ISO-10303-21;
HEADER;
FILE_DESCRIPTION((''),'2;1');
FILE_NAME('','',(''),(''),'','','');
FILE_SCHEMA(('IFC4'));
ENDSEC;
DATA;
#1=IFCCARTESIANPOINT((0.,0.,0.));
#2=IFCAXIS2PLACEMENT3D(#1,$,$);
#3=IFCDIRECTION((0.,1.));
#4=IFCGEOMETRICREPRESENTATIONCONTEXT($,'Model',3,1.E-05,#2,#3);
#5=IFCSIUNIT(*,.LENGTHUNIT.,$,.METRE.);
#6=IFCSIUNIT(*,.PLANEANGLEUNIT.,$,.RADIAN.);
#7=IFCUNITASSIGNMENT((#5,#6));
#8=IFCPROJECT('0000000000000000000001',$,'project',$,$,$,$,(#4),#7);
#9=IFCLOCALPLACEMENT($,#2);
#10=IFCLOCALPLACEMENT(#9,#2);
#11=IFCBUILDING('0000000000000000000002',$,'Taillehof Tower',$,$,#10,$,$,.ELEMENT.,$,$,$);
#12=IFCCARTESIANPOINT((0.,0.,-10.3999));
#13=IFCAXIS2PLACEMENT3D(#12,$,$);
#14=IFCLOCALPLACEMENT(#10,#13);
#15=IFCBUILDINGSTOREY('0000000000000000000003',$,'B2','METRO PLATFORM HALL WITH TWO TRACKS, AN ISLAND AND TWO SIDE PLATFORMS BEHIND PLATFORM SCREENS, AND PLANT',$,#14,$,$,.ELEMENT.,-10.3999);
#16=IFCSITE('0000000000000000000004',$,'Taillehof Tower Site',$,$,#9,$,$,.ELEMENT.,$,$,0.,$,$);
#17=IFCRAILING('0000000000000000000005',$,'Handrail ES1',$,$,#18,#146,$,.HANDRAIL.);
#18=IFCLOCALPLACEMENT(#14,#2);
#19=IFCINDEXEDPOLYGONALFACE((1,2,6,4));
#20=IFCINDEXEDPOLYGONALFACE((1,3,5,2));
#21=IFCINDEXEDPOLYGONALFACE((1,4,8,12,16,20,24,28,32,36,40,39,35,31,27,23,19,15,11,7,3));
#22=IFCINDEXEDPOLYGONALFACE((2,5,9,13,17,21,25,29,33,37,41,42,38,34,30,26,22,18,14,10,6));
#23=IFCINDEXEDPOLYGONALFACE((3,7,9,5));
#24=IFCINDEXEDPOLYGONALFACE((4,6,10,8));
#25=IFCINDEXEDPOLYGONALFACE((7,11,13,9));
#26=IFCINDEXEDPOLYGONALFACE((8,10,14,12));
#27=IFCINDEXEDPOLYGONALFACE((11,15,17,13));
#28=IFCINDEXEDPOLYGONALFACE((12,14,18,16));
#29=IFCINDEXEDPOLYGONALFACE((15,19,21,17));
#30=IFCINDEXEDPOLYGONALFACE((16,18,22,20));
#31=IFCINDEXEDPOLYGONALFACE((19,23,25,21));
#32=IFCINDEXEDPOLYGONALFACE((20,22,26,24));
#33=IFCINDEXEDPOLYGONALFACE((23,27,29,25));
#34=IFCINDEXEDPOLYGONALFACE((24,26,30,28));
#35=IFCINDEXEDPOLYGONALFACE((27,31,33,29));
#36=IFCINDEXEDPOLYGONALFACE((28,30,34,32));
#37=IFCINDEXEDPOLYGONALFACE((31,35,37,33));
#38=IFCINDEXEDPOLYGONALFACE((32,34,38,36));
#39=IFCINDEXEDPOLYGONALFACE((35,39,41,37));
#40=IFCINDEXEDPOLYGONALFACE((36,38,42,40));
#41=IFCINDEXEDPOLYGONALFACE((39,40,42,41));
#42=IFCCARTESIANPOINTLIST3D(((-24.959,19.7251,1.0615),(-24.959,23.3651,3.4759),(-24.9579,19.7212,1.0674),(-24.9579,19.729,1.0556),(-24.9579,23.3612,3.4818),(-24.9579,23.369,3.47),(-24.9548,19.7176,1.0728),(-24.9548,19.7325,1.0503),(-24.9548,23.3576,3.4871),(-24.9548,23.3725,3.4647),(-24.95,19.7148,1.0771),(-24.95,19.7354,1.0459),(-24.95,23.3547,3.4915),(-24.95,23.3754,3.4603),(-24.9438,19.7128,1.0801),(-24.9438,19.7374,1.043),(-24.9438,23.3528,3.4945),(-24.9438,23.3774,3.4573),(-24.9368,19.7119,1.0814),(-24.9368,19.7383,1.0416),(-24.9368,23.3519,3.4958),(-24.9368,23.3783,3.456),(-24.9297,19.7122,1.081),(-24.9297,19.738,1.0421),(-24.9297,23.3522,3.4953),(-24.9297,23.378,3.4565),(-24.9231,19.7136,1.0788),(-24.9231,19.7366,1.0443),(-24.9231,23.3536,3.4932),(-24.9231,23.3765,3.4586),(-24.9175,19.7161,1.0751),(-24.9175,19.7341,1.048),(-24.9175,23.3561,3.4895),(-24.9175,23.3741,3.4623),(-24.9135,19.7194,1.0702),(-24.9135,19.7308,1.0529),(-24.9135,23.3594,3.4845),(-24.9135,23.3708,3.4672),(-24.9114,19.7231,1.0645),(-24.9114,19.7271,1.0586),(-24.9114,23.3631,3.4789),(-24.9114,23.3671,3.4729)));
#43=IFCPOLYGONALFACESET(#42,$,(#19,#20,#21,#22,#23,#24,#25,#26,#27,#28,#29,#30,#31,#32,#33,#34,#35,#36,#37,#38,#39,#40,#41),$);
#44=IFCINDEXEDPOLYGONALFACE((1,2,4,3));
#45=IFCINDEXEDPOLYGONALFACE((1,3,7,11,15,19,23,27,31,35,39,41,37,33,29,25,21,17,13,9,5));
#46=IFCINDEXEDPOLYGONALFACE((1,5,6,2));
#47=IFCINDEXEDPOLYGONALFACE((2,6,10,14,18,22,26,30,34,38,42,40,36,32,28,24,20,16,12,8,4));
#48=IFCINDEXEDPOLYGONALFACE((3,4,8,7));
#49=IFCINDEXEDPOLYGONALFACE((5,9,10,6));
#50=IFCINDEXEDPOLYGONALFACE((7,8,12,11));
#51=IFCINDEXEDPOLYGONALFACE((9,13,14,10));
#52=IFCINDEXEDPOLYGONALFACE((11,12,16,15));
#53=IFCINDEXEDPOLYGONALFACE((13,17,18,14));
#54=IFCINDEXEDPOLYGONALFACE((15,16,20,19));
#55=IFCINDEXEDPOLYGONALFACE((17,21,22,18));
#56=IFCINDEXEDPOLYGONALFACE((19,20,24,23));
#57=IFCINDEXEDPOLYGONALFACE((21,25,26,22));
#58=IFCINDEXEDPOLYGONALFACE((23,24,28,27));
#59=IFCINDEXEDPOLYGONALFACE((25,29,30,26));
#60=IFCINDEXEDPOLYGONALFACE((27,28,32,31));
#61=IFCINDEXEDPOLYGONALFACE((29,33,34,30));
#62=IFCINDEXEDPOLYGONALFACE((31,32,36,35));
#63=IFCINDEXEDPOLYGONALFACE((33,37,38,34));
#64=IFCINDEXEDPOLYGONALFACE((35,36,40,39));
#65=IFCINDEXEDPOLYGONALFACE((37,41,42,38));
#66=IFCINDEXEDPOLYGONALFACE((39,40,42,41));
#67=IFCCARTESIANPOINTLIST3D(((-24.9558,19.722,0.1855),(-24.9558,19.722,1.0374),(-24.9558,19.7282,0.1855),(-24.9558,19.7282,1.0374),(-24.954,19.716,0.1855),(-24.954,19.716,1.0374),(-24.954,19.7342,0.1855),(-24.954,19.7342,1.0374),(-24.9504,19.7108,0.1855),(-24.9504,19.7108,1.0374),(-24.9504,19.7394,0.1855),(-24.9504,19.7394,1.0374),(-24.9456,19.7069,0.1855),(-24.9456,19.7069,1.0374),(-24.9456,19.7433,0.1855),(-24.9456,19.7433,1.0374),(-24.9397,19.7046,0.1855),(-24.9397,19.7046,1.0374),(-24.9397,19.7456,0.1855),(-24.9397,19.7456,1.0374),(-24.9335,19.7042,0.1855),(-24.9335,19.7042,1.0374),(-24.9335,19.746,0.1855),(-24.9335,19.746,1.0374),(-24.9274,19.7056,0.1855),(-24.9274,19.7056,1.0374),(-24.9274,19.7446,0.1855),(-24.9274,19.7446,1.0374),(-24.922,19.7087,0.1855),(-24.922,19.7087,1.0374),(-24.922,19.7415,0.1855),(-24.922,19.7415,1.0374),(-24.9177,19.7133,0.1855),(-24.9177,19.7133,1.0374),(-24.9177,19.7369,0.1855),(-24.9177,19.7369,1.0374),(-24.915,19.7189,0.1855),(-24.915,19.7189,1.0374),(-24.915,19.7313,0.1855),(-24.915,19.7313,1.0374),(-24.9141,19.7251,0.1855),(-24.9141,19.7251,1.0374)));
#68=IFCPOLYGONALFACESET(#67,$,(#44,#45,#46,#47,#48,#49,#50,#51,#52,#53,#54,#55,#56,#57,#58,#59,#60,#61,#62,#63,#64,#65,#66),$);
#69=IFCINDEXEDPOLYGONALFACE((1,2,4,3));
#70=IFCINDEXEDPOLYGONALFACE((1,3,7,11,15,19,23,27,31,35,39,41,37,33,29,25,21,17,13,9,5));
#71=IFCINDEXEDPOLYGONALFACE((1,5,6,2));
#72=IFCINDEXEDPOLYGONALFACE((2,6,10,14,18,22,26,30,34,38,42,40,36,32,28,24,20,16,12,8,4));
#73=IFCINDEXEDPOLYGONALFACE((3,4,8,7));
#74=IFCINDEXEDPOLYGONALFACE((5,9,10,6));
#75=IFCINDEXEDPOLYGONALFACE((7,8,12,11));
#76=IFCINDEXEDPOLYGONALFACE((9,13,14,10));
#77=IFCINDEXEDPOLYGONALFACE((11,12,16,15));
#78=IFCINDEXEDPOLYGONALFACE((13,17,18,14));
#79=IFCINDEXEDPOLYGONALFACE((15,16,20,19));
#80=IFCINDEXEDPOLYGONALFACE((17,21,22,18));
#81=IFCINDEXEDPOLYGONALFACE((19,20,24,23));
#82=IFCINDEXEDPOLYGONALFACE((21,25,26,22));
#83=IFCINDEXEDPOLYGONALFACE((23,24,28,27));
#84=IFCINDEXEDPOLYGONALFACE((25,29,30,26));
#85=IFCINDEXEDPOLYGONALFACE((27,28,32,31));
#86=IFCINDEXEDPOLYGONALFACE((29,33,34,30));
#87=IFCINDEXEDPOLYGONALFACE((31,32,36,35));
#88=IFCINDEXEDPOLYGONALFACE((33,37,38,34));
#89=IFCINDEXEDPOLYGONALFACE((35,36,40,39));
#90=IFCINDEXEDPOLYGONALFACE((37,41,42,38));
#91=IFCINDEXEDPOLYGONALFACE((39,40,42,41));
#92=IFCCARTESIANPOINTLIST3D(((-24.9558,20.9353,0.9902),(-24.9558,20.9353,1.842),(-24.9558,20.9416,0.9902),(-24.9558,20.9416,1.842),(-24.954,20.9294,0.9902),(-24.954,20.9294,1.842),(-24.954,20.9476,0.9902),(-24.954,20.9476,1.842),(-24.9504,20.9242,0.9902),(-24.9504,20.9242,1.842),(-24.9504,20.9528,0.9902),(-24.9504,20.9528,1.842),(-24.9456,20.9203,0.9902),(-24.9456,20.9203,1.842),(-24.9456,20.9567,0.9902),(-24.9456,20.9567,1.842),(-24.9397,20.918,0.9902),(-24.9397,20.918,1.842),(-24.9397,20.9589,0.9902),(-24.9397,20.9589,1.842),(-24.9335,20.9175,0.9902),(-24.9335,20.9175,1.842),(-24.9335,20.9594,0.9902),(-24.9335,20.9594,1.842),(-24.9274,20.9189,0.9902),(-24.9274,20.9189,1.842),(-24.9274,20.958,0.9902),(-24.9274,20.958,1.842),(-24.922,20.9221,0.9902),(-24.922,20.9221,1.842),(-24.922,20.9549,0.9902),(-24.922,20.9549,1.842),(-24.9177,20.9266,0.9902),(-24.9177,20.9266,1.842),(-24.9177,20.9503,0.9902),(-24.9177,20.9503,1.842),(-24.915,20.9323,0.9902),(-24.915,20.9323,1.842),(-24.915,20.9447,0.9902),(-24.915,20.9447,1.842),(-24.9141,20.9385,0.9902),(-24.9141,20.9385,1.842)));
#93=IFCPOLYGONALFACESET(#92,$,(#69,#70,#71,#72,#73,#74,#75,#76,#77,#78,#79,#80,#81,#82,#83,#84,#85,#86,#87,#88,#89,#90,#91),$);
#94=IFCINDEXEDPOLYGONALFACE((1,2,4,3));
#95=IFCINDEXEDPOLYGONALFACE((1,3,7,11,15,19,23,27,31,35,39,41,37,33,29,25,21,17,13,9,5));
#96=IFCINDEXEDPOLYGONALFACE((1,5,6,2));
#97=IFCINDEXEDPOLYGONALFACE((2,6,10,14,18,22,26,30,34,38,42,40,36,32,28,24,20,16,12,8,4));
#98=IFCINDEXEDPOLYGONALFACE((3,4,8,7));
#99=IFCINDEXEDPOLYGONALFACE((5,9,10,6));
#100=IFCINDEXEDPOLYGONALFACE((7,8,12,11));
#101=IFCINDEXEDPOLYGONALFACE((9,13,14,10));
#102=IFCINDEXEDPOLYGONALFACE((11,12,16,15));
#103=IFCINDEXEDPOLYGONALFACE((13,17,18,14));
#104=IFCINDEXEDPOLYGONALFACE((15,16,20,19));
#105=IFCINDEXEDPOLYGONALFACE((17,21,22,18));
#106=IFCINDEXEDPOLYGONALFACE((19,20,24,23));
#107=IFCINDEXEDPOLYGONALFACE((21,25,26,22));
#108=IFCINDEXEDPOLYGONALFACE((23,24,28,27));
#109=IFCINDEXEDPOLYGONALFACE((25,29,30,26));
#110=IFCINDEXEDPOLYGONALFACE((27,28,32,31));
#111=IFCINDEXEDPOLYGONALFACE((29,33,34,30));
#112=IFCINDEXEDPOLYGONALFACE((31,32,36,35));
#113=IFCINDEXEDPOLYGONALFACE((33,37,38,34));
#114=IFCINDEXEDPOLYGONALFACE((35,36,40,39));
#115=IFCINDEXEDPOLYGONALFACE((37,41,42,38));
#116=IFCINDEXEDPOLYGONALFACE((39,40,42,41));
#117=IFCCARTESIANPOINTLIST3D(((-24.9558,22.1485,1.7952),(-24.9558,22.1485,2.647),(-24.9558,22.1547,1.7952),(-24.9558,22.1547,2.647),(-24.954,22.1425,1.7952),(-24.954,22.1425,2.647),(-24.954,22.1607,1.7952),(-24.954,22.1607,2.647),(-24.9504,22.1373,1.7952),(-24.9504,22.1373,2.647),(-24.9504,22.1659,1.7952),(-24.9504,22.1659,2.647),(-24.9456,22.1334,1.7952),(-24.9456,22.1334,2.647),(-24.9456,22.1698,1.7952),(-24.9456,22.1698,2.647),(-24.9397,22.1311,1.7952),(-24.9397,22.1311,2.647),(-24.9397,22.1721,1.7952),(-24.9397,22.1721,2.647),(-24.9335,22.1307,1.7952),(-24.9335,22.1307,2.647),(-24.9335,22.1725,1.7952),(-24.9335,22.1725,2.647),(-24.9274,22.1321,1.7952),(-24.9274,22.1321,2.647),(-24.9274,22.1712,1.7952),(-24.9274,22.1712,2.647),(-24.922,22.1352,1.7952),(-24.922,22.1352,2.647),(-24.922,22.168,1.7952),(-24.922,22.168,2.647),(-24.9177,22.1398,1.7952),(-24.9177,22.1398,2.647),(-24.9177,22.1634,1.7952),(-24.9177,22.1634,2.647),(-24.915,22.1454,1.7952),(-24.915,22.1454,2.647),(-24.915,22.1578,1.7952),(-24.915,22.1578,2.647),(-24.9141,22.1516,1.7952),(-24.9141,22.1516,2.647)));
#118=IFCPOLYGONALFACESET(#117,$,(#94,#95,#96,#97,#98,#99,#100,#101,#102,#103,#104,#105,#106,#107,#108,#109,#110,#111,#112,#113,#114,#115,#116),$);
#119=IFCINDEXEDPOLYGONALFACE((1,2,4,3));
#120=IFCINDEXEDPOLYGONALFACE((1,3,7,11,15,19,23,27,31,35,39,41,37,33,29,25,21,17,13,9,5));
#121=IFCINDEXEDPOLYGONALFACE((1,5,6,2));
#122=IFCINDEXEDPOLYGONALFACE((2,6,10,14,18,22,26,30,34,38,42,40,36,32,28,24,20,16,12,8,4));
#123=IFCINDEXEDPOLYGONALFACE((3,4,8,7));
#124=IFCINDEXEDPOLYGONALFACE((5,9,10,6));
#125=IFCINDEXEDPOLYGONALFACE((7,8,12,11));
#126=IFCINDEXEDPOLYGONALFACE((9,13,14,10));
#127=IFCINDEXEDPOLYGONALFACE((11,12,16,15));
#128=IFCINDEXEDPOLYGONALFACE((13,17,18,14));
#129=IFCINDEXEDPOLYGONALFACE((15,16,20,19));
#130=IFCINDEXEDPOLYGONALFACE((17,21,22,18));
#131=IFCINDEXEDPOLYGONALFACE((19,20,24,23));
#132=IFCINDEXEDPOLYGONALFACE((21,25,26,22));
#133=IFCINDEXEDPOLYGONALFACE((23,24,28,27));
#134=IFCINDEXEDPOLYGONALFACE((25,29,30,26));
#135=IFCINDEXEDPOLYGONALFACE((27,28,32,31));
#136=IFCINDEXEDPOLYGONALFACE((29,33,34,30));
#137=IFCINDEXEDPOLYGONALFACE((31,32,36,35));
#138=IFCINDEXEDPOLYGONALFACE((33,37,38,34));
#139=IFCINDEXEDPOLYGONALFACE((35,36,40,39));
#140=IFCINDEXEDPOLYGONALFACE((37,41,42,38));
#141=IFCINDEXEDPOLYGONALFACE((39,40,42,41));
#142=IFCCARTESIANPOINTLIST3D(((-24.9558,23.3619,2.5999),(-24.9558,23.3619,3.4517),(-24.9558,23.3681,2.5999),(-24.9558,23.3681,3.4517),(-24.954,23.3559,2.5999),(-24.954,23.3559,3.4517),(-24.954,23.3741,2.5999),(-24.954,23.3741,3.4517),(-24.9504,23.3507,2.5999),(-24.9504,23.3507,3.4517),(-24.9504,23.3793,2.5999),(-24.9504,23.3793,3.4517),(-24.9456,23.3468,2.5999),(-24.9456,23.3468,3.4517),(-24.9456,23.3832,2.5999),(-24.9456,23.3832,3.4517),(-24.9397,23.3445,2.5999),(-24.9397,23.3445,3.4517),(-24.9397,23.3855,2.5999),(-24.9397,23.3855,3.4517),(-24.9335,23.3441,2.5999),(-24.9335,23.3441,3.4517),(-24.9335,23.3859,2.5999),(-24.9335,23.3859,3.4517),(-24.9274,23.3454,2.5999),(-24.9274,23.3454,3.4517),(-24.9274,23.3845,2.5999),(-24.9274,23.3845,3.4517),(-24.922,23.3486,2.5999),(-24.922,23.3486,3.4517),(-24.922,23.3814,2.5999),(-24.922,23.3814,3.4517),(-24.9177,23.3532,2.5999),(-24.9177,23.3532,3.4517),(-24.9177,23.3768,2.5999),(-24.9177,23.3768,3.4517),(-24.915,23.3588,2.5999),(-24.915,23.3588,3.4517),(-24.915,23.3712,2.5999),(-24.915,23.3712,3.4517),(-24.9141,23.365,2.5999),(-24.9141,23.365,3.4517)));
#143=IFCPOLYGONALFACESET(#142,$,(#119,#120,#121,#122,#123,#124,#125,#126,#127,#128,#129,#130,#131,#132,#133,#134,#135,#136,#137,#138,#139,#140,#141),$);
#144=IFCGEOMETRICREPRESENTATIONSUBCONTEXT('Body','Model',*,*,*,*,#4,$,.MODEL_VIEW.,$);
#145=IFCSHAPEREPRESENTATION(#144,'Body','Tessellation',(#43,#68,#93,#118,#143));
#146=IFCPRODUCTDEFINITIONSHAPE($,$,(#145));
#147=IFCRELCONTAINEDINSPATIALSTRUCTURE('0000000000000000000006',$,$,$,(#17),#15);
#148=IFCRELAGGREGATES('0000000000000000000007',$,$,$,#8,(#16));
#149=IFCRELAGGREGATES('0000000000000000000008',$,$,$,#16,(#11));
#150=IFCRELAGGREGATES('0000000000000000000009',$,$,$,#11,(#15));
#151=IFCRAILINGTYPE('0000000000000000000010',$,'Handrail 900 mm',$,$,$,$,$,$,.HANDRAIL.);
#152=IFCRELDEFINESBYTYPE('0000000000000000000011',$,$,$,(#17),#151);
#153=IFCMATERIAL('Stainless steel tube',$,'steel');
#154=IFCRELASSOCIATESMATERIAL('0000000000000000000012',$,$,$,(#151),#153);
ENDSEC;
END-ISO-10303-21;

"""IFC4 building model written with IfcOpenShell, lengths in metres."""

from ifc_helpers import new_model, si_unit, direction, frame, origin, origin_2d, place, context, subcontext, project, spatial, circle, extrude, material, type_object, element, save


model = new_model("IFC4")

# Units and contexts
model_context = context("Model", 3, precision=1e-05, world=origin(), true_north=direction((0.0, 1.0)))
body_context = subcontext(model_context, "Body", "Model", "MODEL_VIEW")
ifc_project = project(units=[si_unit("LENGTHUNIT", "METRE"), si_unit("PLANEANGLEUNIT", "RADIAN")], contexts=[model_context])

# Site, building, storey
site_placement = place(None, origin())
site = spatial("IfcSite", under=ifc_project, at=site_placement, Name="Taillehof Tower Site", CompositionType="ELEMENT", RefElevation=0.0)
building_placement = place(site_placement, origin())
building = spatial("IfcBuilding", under=site, at=building_placement, Name="Taillehof Tower", CompositionType="ELEMENT")
storey_placement = place(building_placement, frame((0.0, 0.0, -10.3999)))
storey = spatial("IfcBuildingStorey", under=building, at=storey_placement, Name="B2", Description="METRO PLATFORM HALL WITH TWO TRACKS, AN ISLAND AND TWO SIDE PLATFORMS BEHIND PLATFORM SCREENS, AND PLANT", CompositionType="ELEMENT", Elevation=-10.3999)

# Railing
ifc_material_1 = material(Name="Stainless steel tube", Category="steel")
railing_type = type_object("IfcRailingType", Name="Handrail 900 mm", PredefinedType="HANDRAIL", material=ifc_material_1)
for number, where, name in (
    (1, (-24.9351, 19.7251, 0.1855), "Handrail ES1"),
):
    element("IfcRailing", number, at=place(storey_placement, frame(where)), inside=storey, type_object=railing_type, Name=name, PredefinedType="HANDRAIL", context=body_context, shape_type="SweptSolid", body=[
        extrude(circle(Radius=0.0239, at=origin_2d()), frame((0.0, 0.0, 0.876), z_axis=(0.0, 0.833347, 0.552751), x_axis=(-1.0, 0.0, 0.0)), (0.0, 0.0, 1.0), 4.3679),
        extrude(circle(Radius=0.021, at=origin_2d()), origin(), (0.0, 0.0, 1.0), 0.8518),
        extrude(circle(Radius=0.021, at=origin_2d()), frame((0.0, 1.2134, 0.8047)), (0.0, 0.0, 1.0), 0.8518),
        extrude(circle(Radius=0.021, at=origin_2d()), frame((0.0, 2.4265, 1.6096)), (0.0, 0.0, 1.0), 0.8518),
        extrude(circle(Radius=0.021, at=origin_2d()), frame((0.0, 3.6399, 2.4143)), (0.0, 0.0, 1.0), 0.8518),
    ])

save(model, "model.ifc")
